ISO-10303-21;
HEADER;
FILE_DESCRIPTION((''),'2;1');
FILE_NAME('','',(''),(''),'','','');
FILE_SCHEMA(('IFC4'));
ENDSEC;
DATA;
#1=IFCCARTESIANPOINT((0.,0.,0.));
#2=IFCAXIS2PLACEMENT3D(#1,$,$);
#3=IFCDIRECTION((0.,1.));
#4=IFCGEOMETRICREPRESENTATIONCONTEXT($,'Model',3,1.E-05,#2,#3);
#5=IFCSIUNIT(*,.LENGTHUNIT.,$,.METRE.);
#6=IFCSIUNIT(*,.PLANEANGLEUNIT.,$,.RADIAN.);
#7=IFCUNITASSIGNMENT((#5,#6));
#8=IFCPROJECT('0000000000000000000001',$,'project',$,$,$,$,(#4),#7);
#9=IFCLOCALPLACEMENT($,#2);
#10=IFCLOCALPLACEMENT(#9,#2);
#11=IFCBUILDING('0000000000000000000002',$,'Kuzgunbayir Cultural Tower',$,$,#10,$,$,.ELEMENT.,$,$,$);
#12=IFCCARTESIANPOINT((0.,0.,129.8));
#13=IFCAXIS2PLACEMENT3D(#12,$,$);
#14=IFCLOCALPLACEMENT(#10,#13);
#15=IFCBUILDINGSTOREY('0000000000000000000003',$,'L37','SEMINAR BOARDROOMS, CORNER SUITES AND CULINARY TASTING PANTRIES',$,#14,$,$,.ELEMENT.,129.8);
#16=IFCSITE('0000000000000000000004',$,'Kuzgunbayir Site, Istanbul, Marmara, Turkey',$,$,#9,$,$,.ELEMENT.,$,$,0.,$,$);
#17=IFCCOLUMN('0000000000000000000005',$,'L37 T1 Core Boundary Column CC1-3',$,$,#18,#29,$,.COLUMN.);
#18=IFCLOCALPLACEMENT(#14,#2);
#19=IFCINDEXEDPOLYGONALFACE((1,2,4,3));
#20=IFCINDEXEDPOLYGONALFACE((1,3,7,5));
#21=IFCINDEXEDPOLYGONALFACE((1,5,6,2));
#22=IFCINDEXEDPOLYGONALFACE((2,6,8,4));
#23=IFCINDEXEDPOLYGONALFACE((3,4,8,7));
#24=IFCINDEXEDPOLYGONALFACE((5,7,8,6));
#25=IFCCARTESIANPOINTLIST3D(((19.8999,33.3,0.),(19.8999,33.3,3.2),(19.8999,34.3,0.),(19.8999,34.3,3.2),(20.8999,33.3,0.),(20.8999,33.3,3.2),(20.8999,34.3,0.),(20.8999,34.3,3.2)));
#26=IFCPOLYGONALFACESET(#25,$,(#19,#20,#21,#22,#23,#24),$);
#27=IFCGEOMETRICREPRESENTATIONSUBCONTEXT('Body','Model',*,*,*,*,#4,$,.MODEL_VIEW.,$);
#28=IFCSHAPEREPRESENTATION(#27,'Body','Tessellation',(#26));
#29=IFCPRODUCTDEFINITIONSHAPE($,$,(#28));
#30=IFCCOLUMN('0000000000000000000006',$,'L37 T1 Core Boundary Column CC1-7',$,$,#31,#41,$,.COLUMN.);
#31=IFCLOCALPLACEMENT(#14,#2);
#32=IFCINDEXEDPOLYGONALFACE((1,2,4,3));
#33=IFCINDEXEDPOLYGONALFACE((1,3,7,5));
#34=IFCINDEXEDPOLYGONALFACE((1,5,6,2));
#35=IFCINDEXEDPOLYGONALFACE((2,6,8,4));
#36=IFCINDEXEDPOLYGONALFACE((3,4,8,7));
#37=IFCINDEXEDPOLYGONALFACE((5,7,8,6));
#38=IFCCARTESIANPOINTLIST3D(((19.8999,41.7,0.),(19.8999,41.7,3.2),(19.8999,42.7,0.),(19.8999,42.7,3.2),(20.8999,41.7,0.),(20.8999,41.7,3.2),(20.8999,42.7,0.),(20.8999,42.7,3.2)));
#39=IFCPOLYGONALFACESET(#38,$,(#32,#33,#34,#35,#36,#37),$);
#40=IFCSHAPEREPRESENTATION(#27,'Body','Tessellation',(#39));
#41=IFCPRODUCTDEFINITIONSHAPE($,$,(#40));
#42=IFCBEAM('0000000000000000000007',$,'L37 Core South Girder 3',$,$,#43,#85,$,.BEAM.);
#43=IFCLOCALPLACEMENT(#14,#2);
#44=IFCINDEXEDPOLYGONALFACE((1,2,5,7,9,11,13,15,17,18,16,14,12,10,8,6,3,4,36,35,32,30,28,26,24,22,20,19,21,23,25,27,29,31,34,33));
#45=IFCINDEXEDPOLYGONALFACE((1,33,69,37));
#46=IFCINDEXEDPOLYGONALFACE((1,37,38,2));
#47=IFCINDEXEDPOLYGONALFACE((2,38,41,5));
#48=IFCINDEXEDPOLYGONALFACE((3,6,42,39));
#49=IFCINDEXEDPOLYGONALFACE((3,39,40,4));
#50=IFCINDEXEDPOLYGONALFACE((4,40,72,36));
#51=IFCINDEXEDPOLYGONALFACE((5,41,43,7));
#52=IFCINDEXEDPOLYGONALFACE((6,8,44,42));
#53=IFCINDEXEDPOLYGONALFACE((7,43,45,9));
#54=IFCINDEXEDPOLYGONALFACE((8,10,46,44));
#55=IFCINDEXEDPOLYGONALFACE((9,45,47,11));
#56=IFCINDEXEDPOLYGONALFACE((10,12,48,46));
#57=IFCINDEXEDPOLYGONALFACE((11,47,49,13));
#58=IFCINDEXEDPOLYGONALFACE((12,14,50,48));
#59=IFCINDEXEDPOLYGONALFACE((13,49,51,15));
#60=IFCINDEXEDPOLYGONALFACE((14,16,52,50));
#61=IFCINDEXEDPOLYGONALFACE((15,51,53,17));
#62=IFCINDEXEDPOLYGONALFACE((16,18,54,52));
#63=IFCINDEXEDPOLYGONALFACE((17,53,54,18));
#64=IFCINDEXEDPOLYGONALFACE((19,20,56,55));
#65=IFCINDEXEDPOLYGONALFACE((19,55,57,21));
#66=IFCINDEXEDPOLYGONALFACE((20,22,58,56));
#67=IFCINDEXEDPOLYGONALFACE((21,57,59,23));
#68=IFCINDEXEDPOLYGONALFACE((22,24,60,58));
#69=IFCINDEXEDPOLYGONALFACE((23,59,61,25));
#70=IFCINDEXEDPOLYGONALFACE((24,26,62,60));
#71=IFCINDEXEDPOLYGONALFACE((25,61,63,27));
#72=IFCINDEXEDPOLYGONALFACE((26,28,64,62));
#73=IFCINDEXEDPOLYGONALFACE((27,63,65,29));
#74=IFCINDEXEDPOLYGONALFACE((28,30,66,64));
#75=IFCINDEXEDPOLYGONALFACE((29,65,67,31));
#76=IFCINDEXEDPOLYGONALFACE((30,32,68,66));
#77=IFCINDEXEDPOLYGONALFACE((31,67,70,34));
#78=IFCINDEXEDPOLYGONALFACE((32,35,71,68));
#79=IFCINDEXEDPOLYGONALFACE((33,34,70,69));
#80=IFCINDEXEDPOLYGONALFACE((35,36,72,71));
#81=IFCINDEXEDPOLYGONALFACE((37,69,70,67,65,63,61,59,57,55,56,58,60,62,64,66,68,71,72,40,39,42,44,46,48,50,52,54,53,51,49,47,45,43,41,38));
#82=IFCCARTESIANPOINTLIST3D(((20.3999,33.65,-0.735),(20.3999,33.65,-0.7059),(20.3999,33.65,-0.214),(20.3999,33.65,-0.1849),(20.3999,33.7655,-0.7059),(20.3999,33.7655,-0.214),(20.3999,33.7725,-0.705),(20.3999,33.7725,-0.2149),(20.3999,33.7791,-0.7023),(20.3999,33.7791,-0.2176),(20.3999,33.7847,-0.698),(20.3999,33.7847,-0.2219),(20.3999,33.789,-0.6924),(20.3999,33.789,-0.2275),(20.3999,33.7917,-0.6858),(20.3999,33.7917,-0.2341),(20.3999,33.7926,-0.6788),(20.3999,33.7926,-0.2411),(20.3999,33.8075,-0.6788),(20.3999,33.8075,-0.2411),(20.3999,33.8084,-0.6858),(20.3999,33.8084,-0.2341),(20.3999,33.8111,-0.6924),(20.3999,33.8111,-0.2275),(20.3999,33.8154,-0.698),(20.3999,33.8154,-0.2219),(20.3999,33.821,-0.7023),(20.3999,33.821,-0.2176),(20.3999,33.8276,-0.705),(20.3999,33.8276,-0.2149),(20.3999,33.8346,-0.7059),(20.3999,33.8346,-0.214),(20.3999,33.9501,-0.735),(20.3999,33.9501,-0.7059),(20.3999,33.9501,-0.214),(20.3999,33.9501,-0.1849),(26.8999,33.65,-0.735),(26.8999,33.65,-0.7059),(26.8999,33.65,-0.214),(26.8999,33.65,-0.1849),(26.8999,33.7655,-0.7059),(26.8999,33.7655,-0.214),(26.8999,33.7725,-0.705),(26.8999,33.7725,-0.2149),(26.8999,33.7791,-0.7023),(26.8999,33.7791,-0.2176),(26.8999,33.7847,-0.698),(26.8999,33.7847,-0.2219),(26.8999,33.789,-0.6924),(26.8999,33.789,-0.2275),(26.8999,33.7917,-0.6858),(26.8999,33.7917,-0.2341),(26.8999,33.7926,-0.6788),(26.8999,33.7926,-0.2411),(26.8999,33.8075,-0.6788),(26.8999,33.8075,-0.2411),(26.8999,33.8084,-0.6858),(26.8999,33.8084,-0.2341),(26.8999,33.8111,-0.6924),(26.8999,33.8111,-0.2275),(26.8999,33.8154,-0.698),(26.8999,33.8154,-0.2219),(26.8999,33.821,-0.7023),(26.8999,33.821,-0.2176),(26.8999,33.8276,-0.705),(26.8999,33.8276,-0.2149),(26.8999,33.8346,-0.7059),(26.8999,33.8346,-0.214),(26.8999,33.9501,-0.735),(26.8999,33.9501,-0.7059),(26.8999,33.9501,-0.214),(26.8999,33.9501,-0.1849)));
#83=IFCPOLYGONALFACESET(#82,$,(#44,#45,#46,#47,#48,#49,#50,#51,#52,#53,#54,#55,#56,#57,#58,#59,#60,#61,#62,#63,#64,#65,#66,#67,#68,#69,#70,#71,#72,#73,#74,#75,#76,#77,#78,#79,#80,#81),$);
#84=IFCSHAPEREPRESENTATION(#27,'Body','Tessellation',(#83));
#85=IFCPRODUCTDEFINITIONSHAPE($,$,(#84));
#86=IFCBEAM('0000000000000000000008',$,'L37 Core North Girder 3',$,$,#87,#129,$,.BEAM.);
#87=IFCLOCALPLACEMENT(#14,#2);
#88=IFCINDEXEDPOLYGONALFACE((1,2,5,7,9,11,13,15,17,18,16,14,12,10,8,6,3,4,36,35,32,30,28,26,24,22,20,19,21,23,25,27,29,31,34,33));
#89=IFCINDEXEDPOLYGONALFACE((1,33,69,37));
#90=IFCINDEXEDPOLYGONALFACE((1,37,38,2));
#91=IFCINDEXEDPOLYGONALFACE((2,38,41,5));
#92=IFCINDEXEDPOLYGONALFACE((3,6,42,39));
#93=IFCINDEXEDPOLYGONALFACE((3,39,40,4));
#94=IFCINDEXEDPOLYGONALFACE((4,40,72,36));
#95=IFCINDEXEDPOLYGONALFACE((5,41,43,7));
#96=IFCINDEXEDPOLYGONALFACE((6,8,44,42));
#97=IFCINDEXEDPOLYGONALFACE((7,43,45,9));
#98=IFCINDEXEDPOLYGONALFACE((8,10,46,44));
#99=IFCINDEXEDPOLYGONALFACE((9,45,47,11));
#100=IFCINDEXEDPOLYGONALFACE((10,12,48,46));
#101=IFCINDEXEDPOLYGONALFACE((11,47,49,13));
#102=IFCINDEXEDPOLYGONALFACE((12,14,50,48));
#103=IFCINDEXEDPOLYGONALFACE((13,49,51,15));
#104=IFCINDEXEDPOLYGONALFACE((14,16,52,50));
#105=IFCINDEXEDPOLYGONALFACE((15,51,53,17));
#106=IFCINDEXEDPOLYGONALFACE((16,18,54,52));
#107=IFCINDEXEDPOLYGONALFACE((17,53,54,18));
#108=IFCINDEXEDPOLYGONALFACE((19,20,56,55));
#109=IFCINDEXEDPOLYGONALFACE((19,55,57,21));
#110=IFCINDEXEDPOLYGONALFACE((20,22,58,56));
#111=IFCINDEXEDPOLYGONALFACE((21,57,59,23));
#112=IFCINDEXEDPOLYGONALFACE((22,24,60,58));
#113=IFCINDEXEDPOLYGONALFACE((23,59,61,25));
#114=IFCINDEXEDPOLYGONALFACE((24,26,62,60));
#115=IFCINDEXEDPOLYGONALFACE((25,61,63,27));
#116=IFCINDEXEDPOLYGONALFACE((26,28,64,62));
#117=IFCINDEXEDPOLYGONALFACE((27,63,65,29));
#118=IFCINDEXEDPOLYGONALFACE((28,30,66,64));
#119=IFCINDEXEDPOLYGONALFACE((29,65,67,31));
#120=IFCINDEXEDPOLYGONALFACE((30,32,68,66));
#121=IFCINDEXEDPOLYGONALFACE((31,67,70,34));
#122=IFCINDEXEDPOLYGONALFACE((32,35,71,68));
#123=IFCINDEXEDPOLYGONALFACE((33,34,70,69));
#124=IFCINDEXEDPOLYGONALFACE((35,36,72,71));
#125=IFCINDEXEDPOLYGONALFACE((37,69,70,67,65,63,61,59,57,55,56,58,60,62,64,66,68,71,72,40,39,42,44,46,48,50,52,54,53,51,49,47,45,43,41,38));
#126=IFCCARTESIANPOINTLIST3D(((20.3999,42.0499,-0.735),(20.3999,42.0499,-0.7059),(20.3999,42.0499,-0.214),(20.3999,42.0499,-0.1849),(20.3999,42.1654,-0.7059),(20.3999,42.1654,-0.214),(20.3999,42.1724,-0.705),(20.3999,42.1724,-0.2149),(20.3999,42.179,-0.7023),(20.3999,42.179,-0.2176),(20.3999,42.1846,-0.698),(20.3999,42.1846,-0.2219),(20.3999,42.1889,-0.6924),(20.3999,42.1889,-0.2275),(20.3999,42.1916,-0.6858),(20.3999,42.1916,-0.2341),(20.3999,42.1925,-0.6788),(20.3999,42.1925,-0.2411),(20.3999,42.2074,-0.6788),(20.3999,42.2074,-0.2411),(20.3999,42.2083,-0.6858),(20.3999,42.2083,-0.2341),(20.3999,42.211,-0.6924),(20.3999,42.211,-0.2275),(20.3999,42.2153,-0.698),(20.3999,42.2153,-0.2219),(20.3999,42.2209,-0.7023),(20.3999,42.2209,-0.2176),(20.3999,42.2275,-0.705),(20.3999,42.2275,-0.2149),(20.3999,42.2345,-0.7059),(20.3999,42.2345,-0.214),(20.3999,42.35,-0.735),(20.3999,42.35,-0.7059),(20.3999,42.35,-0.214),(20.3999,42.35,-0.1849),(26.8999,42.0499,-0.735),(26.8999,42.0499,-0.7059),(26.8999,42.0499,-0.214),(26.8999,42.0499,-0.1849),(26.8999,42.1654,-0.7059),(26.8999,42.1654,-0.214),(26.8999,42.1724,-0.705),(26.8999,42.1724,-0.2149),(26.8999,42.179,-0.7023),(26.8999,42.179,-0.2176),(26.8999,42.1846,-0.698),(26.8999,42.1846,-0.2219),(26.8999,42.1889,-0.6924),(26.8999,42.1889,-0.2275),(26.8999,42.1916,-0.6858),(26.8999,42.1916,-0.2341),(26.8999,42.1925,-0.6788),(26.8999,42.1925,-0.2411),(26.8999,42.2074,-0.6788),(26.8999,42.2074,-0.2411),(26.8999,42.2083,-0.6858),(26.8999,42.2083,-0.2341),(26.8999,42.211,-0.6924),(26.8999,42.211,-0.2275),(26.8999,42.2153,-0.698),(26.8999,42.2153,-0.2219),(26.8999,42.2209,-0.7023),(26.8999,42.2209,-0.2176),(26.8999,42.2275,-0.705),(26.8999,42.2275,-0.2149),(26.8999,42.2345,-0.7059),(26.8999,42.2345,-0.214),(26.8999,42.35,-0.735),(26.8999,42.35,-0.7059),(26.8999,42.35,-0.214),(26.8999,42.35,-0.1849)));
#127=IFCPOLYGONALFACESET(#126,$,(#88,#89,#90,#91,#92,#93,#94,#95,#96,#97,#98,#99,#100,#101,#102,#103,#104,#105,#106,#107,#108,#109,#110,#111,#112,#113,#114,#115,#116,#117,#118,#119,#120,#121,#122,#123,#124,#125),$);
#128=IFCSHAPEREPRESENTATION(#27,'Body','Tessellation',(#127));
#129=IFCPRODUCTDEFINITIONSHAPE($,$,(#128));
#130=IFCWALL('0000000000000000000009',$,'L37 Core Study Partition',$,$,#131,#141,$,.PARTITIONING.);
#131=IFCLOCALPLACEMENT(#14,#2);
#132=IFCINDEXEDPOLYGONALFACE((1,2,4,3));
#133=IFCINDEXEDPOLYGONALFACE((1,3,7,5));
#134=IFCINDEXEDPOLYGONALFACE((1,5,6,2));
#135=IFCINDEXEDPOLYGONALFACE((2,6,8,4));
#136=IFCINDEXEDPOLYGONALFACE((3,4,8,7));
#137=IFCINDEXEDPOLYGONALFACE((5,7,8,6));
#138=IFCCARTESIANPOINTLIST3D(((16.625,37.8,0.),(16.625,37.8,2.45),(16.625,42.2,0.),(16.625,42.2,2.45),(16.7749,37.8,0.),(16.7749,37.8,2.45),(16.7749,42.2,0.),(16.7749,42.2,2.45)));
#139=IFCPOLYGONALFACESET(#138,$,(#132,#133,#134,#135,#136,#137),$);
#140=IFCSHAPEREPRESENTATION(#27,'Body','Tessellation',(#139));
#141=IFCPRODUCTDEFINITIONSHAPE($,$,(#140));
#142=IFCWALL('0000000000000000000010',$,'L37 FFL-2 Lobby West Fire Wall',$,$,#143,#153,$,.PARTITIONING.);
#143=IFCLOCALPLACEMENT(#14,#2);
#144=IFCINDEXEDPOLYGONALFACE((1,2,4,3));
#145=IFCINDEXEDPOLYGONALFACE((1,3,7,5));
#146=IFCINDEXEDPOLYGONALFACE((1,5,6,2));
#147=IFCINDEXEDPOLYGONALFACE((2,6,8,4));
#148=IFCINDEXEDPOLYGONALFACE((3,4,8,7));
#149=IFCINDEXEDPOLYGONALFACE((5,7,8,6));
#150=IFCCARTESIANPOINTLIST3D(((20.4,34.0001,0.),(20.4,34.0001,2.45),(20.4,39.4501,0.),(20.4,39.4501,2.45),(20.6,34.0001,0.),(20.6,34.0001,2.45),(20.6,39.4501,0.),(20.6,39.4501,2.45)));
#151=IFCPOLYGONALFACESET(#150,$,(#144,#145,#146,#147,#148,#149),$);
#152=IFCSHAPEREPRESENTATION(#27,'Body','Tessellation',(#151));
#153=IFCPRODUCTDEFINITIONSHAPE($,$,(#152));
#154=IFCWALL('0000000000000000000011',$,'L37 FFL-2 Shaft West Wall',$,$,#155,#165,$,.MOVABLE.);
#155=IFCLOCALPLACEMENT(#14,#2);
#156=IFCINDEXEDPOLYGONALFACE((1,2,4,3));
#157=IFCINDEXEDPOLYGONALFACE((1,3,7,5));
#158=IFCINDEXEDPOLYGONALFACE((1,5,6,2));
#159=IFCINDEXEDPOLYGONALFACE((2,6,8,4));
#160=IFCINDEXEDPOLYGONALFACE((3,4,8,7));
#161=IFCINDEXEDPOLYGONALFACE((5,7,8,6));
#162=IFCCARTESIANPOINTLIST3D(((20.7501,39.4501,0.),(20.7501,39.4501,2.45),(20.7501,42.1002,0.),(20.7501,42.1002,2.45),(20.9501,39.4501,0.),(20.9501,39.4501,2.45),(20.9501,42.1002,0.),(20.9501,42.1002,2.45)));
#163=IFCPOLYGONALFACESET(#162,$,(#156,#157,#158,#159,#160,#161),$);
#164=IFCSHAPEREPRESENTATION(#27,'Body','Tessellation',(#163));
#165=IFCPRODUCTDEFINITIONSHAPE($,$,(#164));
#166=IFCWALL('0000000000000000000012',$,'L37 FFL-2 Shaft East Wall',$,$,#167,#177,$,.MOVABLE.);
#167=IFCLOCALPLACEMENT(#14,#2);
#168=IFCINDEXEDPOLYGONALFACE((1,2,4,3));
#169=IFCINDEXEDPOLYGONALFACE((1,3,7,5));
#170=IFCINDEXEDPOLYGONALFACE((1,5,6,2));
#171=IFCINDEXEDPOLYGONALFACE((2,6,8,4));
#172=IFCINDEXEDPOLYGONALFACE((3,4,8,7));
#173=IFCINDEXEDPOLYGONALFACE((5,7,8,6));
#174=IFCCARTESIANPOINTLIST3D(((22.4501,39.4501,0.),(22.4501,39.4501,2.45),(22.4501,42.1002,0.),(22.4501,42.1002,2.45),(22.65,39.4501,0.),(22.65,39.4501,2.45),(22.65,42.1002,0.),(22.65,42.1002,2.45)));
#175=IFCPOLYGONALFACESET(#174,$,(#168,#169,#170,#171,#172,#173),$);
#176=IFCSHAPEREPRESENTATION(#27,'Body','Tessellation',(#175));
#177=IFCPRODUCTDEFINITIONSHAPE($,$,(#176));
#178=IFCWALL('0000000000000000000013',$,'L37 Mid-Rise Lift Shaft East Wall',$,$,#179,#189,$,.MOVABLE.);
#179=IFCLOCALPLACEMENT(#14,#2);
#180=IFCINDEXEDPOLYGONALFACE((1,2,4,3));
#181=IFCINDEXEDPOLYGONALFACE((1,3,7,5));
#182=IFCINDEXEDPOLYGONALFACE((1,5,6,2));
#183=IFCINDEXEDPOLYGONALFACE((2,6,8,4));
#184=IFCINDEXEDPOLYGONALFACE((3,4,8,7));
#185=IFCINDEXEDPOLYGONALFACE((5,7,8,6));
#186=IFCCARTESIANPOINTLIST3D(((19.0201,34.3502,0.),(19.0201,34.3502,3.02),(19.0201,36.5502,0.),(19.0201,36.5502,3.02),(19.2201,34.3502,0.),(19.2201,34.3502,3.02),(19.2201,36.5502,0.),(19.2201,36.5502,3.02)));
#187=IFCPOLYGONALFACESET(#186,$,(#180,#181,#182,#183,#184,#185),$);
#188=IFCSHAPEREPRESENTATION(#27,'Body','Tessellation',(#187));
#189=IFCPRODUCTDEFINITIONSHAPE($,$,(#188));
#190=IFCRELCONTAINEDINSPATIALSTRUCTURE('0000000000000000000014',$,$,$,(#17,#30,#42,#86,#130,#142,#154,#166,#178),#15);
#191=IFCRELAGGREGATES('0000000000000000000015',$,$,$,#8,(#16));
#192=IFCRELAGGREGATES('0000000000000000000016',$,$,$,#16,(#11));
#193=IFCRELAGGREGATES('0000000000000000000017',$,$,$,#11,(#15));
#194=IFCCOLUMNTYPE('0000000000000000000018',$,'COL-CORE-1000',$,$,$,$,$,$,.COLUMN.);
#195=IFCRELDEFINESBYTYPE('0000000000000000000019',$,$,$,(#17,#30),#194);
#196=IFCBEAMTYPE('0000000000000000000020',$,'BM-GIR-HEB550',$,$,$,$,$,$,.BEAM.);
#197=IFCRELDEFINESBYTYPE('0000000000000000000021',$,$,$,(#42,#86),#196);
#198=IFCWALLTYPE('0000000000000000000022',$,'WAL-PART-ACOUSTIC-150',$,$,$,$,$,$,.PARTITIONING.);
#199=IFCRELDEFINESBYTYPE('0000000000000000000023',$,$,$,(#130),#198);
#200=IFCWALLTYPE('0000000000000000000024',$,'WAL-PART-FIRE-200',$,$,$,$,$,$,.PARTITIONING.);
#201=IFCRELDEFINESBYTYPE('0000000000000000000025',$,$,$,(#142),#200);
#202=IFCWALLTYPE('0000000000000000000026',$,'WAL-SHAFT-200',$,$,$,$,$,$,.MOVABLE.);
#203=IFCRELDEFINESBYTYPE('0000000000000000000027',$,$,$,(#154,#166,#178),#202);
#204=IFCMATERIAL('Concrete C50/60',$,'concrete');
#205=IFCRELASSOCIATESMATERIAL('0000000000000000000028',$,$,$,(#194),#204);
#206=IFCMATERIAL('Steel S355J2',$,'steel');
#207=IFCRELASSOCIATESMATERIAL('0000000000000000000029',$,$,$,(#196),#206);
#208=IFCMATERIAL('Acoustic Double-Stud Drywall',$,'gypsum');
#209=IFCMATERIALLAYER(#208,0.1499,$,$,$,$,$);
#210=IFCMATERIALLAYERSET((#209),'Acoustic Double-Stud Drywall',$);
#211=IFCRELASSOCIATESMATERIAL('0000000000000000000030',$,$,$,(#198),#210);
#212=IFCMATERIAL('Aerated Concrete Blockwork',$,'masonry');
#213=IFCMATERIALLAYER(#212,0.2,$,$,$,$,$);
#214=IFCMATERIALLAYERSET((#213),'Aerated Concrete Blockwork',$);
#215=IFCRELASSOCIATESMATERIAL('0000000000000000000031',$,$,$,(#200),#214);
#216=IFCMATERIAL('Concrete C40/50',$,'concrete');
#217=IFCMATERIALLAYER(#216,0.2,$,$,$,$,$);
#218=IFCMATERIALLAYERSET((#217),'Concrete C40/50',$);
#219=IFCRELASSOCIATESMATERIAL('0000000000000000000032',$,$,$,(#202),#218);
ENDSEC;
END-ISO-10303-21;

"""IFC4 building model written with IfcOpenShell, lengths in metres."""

from ifc_helpers import new_model, si_unit, direction, frame, frame_2d, origin, origin_2d, place, context, subcontext, project, spatial, rectangle, i_section, extrude, material, layer, layer_set, material_profile, profile_set, type_object, element, save


model = new_model("IFC4")

# Units and contexts
model_context = context("Model", 3, precision=1e-05, world=origin(), true_north=direction((0.0, 1.0)))
body_context = subcontext(model_context, "Body", "Model", "MODEL_VIEW")
ifc_project = project(units=[si_unit("LENGTHUNIT", "METRE"), si_unit("PLANEANGLEUNIT", "RADIAN")], contexts=[model_context])

# Site, building, storey
site_placement = place(None, origin())
site = spatial("IfcSite", under=ifc_project, at=site_placement, Name="Kuzgunbayir Site, Istanbul, Marmara, Turkey", CompositionType="ELEMENT", RefElevation=0.0)
building_placement = place(site_placement, origin())
building = spatial("IfcBuilding", under=site, at=building_placement, Name="Kuzgunbayir Cultural Tower", CompositionType="ELEMENT")
storey_placement = place(building_placement, frame((0.0, 0.0, 129.8)))
storey = spatial("IfcBuildingStorey", under=building, at=storey_placement, Name="L37", Description="SEMINAR BOARDROOMS, CORNER SUITES AND CULINARY TASTING PANTRIES", CompositionType="ELEMENT", Elevation=129.8)

# Columns
ifc_material_1 = material(Name="Concrete C50/60", Category="concrete")
ifc_material_profile_1 = material_profile(ifc_material_1, rectangle(XDim=1.0, YDim=1.0, at=origin_2d()), Name="RC 1000x1000")
ifc_profile_set_1 = profile_set([ifc_material_profile_1], Name="Concrete C50/60")
column_type = type_object("IfcColumnType", Name="COL-CORE-1000", PredefinedType="COLUMN", material=ifc_profile_set_1)
for number, where, z_axis, x_axis, name in (
    (1, (20.3999, 33.8, 0.0), (0.0, 0.0, 1.0), (1.0, 0.0, 0.0), "L37 T1 Core Boundary Column CC1-3"),
    (2, (20.3999, 42.2, 0.0), (0.0, 0.0, 1.0), (1.0, 0.0, 0.0), "L37 T1 Core Boundary Column CC1-7"),
):
    element("IfcColumn", number, at=place(storey_placement, frame(where, z_axis=z_axis, x_axis=x_axis)), inside=storey, type_object=column_type, Name=name, PredefinedType="COLUMN", context=body_context, shape_type="SweptSolid", body=[
        extrude(rectangle(XDim=1.0, YDim=1.0, at=origin_2d()), origin(), (0.0, 0.0, 1.0), 3.2),
    ])

# Beams
ifc_material_2 = material(Name="Steel S355J2", Category="steel")
ifc_material_profile_2 = material_profile(ifc_material_2, i_section(OverallWidth=0.3, OverallDepth=0.55, WebThickness=0.0149, FlangeThickness=0.0291, FilletRadius=0.0271, at=origin_2d()), Name="HEB 550")
ifc_profile_set_2 = profile_set([ifc_material_profile_2], Name="Steel S355J2")
beam_type = type_object("IfcBeamType", Name="BM-GIR-HEB550", PredefinedType="BEAM", material=ifc_profile_set_2)
for number, where, z_axis, x_axis, name in (
    (3, (20.3999, 33.8, -0.46), (1.0, 0.0, 0.0), (0.0, 1.0, 0.0), "L37 Core South Girder 3"),
    (4, (20.3999, 42.2, -0.46), (1.0, 0.0, 0.0), (0.0, 1.0, 0.0), "L37 Core North Girder 3"),
):
    element("IfcBeam", number, at=place(storey_placement, frame(where, z_axis=z_axis, x_axis=x_axis)), inside=storey, type_object=beam_type, Name=name, PredefinedType="BEAM", context=body_context, shape_type="SweptSolid", body=[
        extrude(i_section(OverallWidth=0.3, OverallDepth=0.55, WebThickness=0.0149, FlangeThickness=0.0291, FilletRadius=0.0271, at=origin_2d()), origin(), (0.0, 0.0, 1.0), 6.5),
    ])

# Walls
ifc_material_3 = material(Name="Acoustic Double-Stud Drywall", Category="gypsum")
ifc_layer_1 = layer(ifc_material_3, 0.1499)
ifc_layer_set_1 = layer_set([ifc_layer_1], Name="Acoustic Double-Stud Drywall")
wall_type_1 = type_object("IfcWallType", Name="WAL-PART-ACOUSTIC-150", PredefinedType="PARTITIONING", material=ifc_layer_set_1)
wall_1_placement = place(storey_placement, frame((16.7, 37.8, 0.0), z_axis=(0.0, 0.0, 1.0), x_axis=(0.0, 1.0, 0.0)))
element("IfcWall", 5, at=wall_1_placement, inside=storey, type_object=wall_type_1, Name="L37 Core Study Partition", PredefinedType="PARTITIONING", context=body_context, shape_type="SweptSolid", body=[
    extrude(rectangle(XDim=4.3999, YDim=0.1499, at=frame_2d((2.2, 0.0))), origin(), (0.0, 0.0, 1.0), 2.45),
])
ifc_material_4 = material(Name="Aerated Concrete Blockwork", Category="masonry")
ifc_layer_2 = layer(ifc_material_4, 0.2)
ifc_layer_set_2 = layer_set([ifc_layer_2], Name="Aerated Concrete Blockwork")
wall_type_2 = type_object("IfcWallType", Name="WAL-PART-FIRE-200", PredefinedType="PARTITIONING", material=ifc_layer_set_2)
wall_2_placement = place(storey_placement, frame((20.5, 34.0, 0.0), z_axis=(0.0, 0.0, 1.0), x_axis=(0.0, 1.0, 0.0)))
element("IfcWall", 6, at=wall_2_placement, inside=storey, type_object=wall_type_2, Name="L37 FFL-2 Lobby West Fire Wall", PredefinedType="PARTITIONING", context=body_context, shape_type="SweptSolid", body=[
    extrude(rectangle(XDim=5.45, YDim=0.2, at=frame_2d((2.7251, 0.0))), origin(), (0.0, 0.0, 1.0), 2.45),
])

# Shared definitions
ifc_material_5 = material(Name="Concrete C40/50", Category="concrete")
ifc_layer_3 = layer(ifc_material_5, 0.2)
ifc_layer_set_3 = layer_set([ifc_layer_3], Name="Concrete C40/50")
wall_type_3 = type_object("IfcWallType", Name="WAL-SHAFT-200", PredefinedType="MOVABLE", material=ifc_layer_set_3)

# Walls
for number, where, z_axis, x_axis, name in (
    (7, (20.8501, 39.45, 0.0), (0.0, 0.0, 1.0), (0.0, 1.0, 0.0), "L37 FFL-2 Shaft West Wall"),
    (8, (22.55, 39.45, 0.0), (0.0, 0.0, 1.0), (0.0, 1.0, 0.0), "L37 FFL-2 Shaft East Wall"),
):
    element("IfcWall", number, at=place(storey_placement, frame(where, z_axis=z_axis, x_axis=x_axis)), inside=storey, type_object=wall_type_3, Name=name, PredefinedType="MOVABLE", context=body_context, shape_type="SweptSolid", body=[
        extrude(rectangle(XDim=2.6501, YDim=0.2, at=frame_2d((1.3252, 0.0))), origin(), (0.0, 0.0, 1.0), 2.45),
    ])
wall_3_placement = place(storey_placement, frame((19.1201, 34.3501, 0.0), z_axis=(0.0, 0.0, 1.0), x_axis=(0.0, 1.0, 0.0)))
element("IfcWall", 9, at=wall_3_placement, inside=storey, type_object=wall_type_3, Name="L37 Mid-Rise Lift Shaft East Wall", PredefinedType="MOVABLE", context=body_context, shape_type="SweptSolid", body=[
    extrude(rectangle(XDim=2.2, YDim=0.2, at=frame_2d((1.1001, 0.0))), origin(), (0.0, 0.0, 1.0), 3.02),
])

save(model, "model.ifc")
